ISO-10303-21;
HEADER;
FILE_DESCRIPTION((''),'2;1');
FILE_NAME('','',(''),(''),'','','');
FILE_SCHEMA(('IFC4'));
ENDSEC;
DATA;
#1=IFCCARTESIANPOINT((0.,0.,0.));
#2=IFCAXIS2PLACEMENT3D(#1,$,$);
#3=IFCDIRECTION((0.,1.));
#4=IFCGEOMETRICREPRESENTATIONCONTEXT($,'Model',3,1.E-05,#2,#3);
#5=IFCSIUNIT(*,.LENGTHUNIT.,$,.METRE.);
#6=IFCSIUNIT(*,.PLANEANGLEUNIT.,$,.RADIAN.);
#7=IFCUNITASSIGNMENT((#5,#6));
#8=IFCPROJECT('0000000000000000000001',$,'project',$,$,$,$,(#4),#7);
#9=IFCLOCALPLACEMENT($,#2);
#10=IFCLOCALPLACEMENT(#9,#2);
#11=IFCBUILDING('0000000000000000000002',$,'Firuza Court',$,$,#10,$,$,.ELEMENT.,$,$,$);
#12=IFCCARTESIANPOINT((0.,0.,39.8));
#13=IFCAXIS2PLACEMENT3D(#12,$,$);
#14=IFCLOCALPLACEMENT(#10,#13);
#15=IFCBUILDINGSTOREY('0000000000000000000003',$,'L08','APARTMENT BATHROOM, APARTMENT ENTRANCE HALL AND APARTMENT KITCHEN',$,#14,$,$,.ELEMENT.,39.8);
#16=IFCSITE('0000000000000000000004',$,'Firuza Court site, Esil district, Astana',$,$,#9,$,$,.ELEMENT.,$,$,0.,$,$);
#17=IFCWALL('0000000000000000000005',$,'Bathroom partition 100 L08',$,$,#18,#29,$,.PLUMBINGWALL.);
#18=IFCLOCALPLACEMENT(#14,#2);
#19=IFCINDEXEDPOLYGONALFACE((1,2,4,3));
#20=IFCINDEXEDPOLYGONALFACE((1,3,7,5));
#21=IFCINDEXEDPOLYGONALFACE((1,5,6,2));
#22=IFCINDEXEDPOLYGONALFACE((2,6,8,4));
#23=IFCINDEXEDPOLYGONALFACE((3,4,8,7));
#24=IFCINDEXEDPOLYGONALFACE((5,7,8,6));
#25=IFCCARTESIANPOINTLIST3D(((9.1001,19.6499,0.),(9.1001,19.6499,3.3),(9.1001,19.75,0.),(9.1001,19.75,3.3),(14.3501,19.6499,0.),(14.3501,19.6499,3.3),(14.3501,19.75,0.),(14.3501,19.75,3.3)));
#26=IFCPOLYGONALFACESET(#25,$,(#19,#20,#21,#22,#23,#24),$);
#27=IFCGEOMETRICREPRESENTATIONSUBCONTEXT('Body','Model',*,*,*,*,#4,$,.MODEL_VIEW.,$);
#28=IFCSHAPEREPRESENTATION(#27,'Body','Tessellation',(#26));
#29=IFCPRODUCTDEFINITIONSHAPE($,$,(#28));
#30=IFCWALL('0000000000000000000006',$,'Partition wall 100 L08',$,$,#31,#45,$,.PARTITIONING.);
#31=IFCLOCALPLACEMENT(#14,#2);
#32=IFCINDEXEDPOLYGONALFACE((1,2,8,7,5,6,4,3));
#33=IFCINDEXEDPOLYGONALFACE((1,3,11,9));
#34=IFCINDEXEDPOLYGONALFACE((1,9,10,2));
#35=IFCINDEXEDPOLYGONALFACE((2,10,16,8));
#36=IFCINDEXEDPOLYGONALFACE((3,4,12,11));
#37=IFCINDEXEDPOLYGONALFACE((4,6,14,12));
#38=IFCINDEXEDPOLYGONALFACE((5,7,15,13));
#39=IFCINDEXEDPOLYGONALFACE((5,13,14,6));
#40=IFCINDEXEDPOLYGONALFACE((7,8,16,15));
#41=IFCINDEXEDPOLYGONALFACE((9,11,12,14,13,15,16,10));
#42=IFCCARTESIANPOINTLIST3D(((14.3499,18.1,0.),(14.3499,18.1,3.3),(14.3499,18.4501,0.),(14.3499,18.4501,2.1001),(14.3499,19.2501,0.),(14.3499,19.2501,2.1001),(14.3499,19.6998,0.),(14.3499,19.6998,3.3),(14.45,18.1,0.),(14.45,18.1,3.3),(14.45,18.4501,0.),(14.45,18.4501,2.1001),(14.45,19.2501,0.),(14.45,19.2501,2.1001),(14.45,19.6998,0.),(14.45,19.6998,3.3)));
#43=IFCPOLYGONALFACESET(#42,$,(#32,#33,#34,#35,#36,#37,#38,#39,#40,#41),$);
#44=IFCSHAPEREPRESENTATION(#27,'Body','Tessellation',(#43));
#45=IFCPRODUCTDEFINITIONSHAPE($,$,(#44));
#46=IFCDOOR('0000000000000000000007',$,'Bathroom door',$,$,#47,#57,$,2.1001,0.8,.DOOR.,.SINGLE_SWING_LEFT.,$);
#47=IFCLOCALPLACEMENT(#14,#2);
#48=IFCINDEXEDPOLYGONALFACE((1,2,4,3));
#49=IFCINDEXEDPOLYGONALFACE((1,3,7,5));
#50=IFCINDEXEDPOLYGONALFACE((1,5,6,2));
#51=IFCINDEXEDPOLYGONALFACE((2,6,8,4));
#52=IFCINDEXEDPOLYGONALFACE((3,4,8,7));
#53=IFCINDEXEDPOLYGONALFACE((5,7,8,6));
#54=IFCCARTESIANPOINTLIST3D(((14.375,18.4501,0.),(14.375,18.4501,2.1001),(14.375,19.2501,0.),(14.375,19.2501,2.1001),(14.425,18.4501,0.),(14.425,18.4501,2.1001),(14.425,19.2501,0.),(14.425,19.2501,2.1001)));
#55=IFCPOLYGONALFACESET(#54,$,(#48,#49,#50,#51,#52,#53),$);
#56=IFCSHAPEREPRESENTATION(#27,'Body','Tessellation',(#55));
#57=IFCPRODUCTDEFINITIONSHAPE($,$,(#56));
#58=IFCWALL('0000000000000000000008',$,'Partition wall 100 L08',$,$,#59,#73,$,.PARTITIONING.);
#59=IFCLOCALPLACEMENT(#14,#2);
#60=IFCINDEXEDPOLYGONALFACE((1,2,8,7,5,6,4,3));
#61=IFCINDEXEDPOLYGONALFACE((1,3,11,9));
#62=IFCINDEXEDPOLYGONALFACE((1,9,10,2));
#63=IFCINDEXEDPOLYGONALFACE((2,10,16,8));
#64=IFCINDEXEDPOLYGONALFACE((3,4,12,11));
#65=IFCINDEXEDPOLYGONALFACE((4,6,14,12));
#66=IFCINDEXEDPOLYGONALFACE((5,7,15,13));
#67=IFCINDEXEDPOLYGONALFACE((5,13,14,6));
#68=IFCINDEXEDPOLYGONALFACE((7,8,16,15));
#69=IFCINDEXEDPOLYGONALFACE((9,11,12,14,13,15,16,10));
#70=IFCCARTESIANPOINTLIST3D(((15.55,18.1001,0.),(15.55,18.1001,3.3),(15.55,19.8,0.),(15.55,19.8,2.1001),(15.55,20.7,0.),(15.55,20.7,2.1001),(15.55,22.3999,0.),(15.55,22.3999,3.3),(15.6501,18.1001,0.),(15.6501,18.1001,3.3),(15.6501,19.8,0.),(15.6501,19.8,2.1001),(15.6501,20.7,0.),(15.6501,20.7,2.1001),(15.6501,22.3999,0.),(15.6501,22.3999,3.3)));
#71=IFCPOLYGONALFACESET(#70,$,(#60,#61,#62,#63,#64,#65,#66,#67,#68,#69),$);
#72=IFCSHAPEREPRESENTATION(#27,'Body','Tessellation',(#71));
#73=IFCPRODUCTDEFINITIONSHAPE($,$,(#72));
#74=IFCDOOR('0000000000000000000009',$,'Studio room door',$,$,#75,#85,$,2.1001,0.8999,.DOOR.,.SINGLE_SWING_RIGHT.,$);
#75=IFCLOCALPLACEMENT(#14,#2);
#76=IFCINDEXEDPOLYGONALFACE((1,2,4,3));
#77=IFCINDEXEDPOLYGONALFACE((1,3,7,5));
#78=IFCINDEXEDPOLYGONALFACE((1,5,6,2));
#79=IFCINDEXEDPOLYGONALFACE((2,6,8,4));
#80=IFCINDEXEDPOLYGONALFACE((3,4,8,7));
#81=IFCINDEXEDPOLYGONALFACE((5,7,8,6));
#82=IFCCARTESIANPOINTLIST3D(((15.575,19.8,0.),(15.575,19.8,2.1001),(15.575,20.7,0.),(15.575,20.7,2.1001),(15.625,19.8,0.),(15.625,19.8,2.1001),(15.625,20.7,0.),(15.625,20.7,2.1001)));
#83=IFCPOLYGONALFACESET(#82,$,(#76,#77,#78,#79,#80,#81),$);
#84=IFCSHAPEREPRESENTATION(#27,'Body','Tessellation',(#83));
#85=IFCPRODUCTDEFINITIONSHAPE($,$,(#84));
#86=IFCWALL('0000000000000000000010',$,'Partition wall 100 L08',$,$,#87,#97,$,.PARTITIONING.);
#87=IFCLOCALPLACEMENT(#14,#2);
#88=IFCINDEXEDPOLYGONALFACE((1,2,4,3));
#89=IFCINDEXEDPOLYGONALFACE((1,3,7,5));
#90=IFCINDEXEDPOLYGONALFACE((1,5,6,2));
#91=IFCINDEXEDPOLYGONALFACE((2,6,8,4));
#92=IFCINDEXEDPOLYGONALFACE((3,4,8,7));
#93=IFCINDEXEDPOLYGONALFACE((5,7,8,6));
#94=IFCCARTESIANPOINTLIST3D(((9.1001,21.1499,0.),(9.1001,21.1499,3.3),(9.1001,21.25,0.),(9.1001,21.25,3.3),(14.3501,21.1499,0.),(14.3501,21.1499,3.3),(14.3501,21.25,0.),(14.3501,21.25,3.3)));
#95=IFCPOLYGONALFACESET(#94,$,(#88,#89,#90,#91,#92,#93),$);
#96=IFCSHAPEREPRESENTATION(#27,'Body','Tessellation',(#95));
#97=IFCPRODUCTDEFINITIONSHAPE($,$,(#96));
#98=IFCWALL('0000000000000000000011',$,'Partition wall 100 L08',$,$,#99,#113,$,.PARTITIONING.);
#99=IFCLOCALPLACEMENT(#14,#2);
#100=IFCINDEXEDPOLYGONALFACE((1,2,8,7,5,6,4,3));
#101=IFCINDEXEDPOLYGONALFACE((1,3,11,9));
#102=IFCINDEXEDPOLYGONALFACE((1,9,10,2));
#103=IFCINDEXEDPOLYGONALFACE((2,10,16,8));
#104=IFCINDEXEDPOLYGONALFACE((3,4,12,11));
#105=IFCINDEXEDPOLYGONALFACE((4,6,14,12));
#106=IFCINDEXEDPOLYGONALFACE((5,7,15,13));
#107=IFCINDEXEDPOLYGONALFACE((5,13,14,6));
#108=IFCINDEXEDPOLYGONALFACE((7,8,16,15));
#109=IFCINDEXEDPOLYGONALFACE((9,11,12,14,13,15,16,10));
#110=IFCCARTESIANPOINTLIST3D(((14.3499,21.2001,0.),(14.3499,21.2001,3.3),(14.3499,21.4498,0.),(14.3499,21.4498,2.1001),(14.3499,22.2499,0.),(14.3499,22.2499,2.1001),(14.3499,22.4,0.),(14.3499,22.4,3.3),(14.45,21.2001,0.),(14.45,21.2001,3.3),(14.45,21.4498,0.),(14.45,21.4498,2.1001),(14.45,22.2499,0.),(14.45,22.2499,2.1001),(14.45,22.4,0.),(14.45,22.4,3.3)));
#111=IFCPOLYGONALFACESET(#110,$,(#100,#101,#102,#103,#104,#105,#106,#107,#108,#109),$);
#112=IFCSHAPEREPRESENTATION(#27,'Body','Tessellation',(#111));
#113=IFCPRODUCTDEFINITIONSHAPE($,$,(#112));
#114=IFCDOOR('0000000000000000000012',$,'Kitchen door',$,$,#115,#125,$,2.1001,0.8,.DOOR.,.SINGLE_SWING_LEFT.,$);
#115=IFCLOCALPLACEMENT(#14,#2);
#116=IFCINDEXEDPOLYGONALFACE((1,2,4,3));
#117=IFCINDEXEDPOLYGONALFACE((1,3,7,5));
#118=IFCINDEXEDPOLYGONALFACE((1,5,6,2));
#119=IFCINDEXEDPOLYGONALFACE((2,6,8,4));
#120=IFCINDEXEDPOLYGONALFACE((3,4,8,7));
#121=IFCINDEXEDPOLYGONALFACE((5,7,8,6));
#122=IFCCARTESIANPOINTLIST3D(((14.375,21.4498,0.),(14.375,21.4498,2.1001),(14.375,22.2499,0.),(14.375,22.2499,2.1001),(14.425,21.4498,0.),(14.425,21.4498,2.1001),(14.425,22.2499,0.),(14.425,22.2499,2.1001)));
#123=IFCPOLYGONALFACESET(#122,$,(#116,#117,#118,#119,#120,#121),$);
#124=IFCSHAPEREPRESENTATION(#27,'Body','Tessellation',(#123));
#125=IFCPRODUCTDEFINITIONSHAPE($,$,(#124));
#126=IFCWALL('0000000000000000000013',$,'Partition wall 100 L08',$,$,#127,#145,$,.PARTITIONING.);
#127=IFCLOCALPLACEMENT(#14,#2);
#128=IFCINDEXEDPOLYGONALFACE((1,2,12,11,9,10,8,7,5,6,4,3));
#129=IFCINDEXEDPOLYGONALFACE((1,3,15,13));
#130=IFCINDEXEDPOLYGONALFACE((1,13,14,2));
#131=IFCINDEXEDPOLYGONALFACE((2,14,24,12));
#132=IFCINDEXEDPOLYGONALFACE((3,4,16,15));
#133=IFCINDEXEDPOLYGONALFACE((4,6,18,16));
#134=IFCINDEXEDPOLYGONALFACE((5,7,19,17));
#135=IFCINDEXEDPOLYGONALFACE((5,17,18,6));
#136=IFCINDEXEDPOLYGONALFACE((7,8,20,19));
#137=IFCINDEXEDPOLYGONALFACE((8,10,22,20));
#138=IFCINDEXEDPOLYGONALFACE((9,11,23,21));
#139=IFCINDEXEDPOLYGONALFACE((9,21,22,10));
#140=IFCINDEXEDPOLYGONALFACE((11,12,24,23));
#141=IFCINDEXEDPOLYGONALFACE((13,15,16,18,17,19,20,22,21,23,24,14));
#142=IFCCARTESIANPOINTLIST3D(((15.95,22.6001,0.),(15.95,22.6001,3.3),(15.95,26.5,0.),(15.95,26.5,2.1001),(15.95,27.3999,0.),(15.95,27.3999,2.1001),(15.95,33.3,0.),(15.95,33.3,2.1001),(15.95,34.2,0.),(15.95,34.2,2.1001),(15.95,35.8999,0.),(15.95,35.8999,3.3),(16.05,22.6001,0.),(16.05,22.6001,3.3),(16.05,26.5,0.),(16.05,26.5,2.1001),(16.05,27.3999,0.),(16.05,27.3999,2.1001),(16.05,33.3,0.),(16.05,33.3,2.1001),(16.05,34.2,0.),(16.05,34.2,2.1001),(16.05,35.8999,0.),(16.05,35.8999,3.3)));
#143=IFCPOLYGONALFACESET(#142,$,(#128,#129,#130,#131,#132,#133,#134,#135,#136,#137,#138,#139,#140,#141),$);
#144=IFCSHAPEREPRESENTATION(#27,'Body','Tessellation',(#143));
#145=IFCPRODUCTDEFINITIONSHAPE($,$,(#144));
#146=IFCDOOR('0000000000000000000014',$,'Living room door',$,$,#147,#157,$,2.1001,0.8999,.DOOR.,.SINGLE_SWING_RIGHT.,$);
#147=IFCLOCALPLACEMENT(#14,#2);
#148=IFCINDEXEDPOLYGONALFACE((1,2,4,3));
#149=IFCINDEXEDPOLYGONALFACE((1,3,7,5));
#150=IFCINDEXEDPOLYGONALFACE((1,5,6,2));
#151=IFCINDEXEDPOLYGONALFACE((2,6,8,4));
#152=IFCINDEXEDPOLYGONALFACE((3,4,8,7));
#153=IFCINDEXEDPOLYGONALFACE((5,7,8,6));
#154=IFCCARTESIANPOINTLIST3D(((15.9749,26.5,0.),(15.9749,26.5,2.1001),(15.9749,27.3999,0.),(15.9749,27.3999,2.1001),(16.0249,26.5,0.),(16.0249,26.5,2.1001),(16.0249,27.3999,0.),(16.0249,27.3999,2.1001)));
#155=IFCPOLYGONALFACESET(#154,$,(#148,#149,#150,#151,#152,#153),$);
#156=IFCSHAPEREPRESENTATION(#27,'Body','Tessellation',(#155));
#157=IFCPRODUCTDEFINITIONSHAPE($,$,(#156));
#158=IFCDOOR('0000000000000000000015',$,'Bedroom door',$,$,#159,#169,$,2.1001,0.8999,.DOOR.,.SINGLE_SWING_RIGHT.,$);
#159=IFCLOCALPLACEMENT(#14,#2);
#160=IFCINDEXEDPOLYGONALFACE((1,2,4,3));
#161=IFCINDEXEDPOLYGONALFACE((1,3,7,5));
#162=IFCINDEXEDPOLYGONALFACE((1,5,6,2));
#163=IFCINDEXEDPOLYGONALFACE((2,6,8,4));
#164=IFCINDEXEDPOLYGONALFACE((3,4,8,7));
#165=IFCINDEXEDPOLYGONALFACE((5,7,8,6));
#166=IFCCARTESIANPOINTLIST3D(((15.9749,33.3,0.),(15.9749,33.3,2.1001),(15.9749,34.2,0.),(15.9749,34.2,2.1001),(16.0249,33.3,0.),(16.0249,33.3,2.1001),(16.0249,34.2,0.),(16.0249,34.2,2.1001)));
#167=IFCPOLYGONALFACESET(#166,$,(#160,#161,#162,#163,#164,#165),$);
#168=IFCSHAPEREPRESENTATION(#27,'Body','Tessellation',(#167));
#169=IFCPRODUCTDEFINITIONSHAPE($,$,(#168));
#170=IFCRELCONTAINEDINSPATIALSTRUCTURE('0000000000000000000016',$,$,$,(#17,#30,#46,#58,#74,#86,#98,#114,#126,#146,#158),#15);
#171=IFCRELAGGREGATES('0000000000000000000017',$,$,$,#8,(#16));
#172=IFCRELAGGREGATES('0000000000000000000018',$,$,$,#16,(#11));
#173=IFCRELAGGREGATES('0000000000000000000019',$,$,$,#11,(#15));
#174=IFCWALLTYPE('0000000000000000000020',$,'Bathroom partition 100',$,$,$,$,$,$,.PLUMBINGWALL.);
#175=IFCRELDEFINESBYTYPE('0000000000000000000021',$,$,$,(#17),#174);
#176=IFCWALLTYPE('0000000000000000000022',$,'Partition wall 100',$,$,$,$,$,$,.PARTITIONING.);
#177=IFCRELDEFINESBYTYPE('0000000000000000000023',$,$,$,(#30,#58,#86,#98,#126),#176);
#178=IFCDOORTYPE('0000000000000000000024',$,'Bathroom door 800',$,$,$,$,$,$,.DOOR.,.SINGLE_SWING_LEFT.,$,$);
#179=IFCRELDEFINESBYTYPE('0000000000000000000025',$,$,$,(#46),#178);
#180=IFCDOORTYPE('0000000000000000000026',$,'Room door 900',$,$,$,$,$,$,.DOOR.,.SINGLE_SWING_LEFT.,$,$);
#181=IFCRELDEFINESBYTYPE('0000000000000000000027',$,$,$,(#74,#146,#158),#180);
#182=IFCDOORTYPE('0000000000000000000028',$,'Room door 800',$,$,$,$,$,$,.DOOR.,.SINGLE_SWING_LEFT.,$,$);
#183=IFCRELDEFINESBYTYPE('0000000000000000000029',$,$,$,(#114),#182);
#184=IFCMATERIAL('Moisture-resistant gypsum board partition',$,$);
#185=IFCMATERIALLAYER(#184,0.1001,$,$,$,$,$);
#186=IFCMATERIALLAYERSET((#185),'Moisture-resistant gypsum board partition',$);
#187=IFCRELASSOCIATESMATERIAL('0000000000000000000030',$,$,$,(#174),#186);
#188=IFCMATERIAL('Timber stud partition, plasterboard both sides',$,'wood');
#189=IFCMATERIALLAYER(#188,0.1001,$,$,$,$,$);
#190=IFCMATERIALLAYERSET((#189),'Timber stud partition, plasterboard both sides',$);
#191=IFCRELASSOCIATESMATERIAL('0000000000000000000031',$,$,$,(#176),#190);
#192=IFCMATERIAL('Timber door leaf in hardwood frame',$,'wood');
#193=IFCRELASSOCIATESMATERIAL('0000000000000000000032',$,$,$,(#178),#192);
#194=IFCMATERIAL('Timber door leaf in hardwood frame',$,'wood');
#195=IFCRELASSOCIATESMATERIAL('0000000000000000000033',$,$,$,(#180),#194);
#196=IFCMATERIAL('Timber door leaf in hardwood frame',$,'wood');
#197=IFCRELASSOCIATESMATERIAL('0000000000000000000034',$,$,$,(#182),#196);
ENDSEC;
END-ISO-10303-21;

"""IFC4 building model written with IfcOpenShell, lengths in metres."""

from ifc_helpers import new_model, si_unit, direction, frame, frame_2d, origin, place, context, subcontext, project, spatial, rectangle, extrude, material, layer, layer_set, type_object, element, fill, save


model = new_model("IFC4")

# Units and contexts
model_context = context("Model", 3, precision=1e-05, world=origin(), true_north=direction((0.0, 1.0)))
body_context = subcontext(model_context, "Body", "Model", "MODEL_VIEW")
ifc_project = project(units=[si_unit("LENGTHUNIT", "METRE"), si_unit("PLANEANGLEUNIT", "RADIAN")], contexts=[model_context])

# Site, building, storey
site_placement = place(None, origin())
site = spatial("IfcSite", under=ifc_project, at=site_placement, Name="Firuza Court site, Esil district, Astana", CompositionType="ELEMENT", RefElevation=0.0)
building_placement = place(site_placement, origin())
building = spatial("IfcBuilding", under=site, at=building_placement, Name="Firuza Court", CompositionType="ELEMENT")
storey_placement = place(building_placement, frame((0.0, 0.0, 39.8)))
storey = spatial("IfcBuildingStorey", under=building, at=storey_placement, Name="L08", Description="APARTMENT BATHROOM, APARTMENT ENTRANCE HALL AND APARTMENT KITCHEN", CompositionType="ELEMENT", Elevation=39.8)

# Wall
ifc_material_1 = material(Name="Moisture-resistant gypsum board partition")
ifc_layer_1 = layer(ifc_material_1, 0.1001)
ifc_layer_set_1 = layer_set([ifc_layer_1], Name="Moisture-resistant gypsum board partition")
wall_type_1 = type_object("IfcWallType", Name="Bathroom partition 100", PredefinedType="PLUMBINGWALL", material=ifc_layer_set_1)
wall_1_placement = place(storey_placement, frame((9.1001, 19.7, 0.0), z_axis=(0.0, 0.0, 1.0), x_axis=(1.0, 0.0, 0.0)))
element("IfcWall", 1, at=wall_1_placement, inside=storey, type_object=wall_type_1, Name="Bathroom partition 100 L08", PredefinedType="PLUMBINGWALL", context=body_context, shape_type="SweptSolid", body=[
    extrude(rectangle(XDim=5.25, YDim=0.1001, at=frame_2d((2.625, 0.0))), origin(), (0.0, 0.0, 1.0), 3.3),
])

# Walls, openings, doors
ifc_material_2 = material(Name="Timber stud partition, plasterboard both sides", Category="wood")
ifc_layer_2 = layer(ifc_material_2, 0.1001)
ifc_layer_set_2 = layer_set([ifc_layer_2], Name="Timber stud partition, plasterboard both sides")
wall_type_2 = type_object("IfcWallType", Name="Partition wall 100", PredefinedType="PARTITIONING", material=ifc_layer_set_2)
wall_2_placement = place(storey_placement, frame((14.3999, 18.1001, 0.0), z_axis=(0.0, 0.0, 1.0), x_axis=(0.0, 1.0, 0.0)))
wall_2 = element("IfcWall", 2, at=wall_2_placement, inside=storey, type_object=wall_type_2, Name="Partition wall 100 L08", PredefinedType="PARTITIONING", context=body_context, shape_type="SweptSolid", body=[
    extrude(rectangle(XDim=1.5999, YDim=0.1001, at=frame_2d((0.7998, 0.0))), origin(), (0.0, 0.0, 1.0), 3.3),
])
opening_1_placement = place(wall_2_placement, frame((0.3501, 0.0, 0.0)))
opening_1 = element("IfcOpeningElement", 3, at=opening_1_placement, cuts=wall_2, PredefinedType="OPENING", context=body_context, shape_type="SweptSolid", body=[
    extrude(rectangle(XDim=0.8, YDim=2.1001, at=frame_2d((0.3999, 1.05))), frame((0.0, 0.062, 0.0), z_axis=(0.0, -1.0, 0.0), x_axis=(1.0, 0.0, 0.0)), (0.0, 0.0, 1.0), 0.124),
])
ifc_material_3 = material(Name="Timber door leaf in hardwood frame", Category="wood")
door_type_1 = type_object("IfcDoorType", Name="Bathroom door 800", OperationType="SINGLE_SWING_LEFT", PredefinedType="DOOR", material=ifc_material_3)
door_1_placement = place(opening_1_placement, origin())
door_1 = element("IfcDoor", 4, at=door_1_placement, inside=storey, type_object=door_type_1, Name="Bathroom door", OperationType="SINGLE_SWING_LEFT", OverallHeight=2.1001, OverallWidth=0.8, PredefinedType="DOOR", context=body_context, shape_type="SweptSolid", body=[
    extrude(rectangle(XDim=0.8, YDim=2.1001, at=frame_2d((0.3999, 1.05))), frame((0.0, 0.0249, 0.0), z_axis=(0.0, -1.0, 0.0), x_axis=(1.0, 0.0, 0.0)), (0.0, 0.0, 1.0), 0.05),
])
fill(opening_1, door_1)
wall_3_placement = place(storey_placement, frame((15.6001, 18.1001, 0.0), z_axis=(0.0, 0.0, 1.0), x_axis=(0.0, 1.0, 0.0)))
wall_3 = element("IfcWall", 5, at=wall_3_placement, inside=storey, type_object=wall_type_2, Name="Partition wall 100 L08", PredefinedType="PARTITIONING", context=body_context, shape_type="SweptSolid", body=[
    extrude(rectangle(XDim=4.2998, YDim=0.1001, at=frame_2d((2.1499, 0.0))), origin(), (0.0, 0.0, 1.0), 3.3),
])
opening_2_placement = place(wall_3_placement, frame((1.7, 0.0, 0.0)))
opening_2 = element("IfcOpeningElement", 6, at=opening_2_placement, cuts=wall_3, PredefinedType="OPENING", context=body_context, shape_type="SweptSolid", body=[
    extrude(rectangle(XDim=0.8999, YDim=2.1001, at=frame_2d((0.45, 1.05))), frame((0.0, 0.062, 0.0), z_axis=(0.0, -1.0, 0.0), x_axis=(1.0, 0.0, 0.0)), (0.0, 0.0, 1.0), 0.124),
])
ifc_material_4 = material(Name="Timber door leaf in hardwood frame", Category="wood")
door_type_2 = type_object("IfcDoorType", Name="Room door 900", OperationType="SINGLE_SWING_LEFT", PredefinedType="DOOR", material=ifc_material_4)
door_2_placement = place(opening_2_placement, frame((0.8999, 0.0, 0.0), z_axis=(0.0, 0.0, 1.0), x_axis=(-1.0, 0.0, 0.0)))
door_2 = element("IfcDoor", 7, at=door_2_placement, inside=storey, type_object=door_type_2, Name="Studio room door", OperationType="SINGLE_SWING_RIGHT", OverallHeight=2.1001, OverallWidth=0.8999, PredefinedType="DOOR", context=body_context, shape_type="SweptSolid", body=[
    extrude(rectangle(XDim=0.8999, YDim=2.1001, at=frame_2d((0.45, 1.05))), frame((0.0, 0.0249, 0.0), z_axis=(0.0, -1.0, 0.0), x_axis=(1.0, 0.0, 0.0)), (0.0, 0.0, 1.0), 0.05),
])
fill(opening_2, door_2)

# Wall
wall_4_placement = place(storey_placement, frame((9.1001, 21.2, 0.0), z_axis=(0.0, 0.0, 1.0), x_axis=(1.0, 0.0, 0.0)))
element("IfcWall", 8, at=wall_4_placement, inside=storey, type_object=wall_type_2, Name="Partition wall 100 L08", PredefinedType="PARTITIONING", context=body_context, shape_type="SweptSolid", body=[
    extrude(rectangle(XDim=5.25, YDim=0.1001, at=frame_2d((2.625, 0.0))), origin(), (0.0, 0.0, 1.0), 3.3),
])

# Wall, opening, door
wall_5_placement = place(storey_placement, frame((14.3999, 21.2, 0.0), z_axis=(0.0, 0.0, 1.0), x_axis=(0.0, 1.0, 0.0)))
wall_5 = element("IfcWall", 9, at=wall_5_placement, inside=storey, type_object=wall_type_2, Name="Partition wall 100 L08", PredefinedType="PARTITIONING", context=body_context, shape_type="SweptSolid", body=[
    extrude(rectangle(XDim=1.2, YDim=0.1001, at=frame_2d((0.6001, 0.0))), origin(), (0.0, 0.0, 1.0), 3.3),
])
opening_3_placement = place(wall_5_placement, frame((0.25, 0.0, 0.0)))
opening_3 = element("IfcOpeningElement", 10, at=opening_3_placement, cuts=wall_5, PredefinedType="OPENING", context=body_context, shape_type="SweptSolid", body=[
    extrude(rectangle(XDim=0.8, YDim=2.1001, at=frame_2d((0.3999, 1.05))), frame((0.0, 0.062, 0.0), z_axis=(0.0, -1.0, 0.0), x_axis=(1.0, 0.0, 0.0)), (0.0, 0.0, 1.0), 0.124),
])
ifc_material_5 = material(Name="Timber door leaf in hardwood frame", Category="wood")
door_type_3 = type_object("IfcDoorType", Name="Room door 800", OperationType="SINGLE_SWING_LEFT", PredefinedType="DOOR", material=ifc_material_5)
door_3_placement = place(opening_3_placement, origin())
door_3 = element("IfcDoor", 11, at=door_3_placement, inside=storey, type_object=door_type_3, Name="Kitchen door", OperationType="SINGLE_SWING_LEFT", OverallHeight=2.1001, OverallWidth=0.8, PredefinedType="DOOR", context=body_context, shape_type="SweptSolid", body=[
    extrude(rectangle(XDim=0.8, YDim=2.1001, at=frame_2d((0.3999, 1.05))), frame((0.0, 0.0249, 0.0), z_axis=(0.0, -1.0, 0.0), x_axis=(1.0, 0.0, 0.0)), (0.0, 0.0, 1.0), 0.05),
])
fill(opening_3, door_3)

# Wall, openings, doors
wall_6_placement = place(storey_placement, frame((16.0, 22.6001, 0.0), z_axis=(0.0, 0.0, 1.0), x_axis=(0.0, 1.0, 0.0)))
wall_6 = element("IfcWall", 12, at=wall_6_placement, inside=storey, type_object=wall_type_2, Name="Partition wall 100 L08", PredefinedType="PARTITIONING", context=body_context, shape_type="SweptSolid", body=[
    extrude(rectangle(XDim=13.2998, YDim=0.1001, at=frame_2d((6.6499, 0.0))), origin(), (0.0, 0.0, 1.0), 3.3),
])
opening_4_placement = place(wall_6_placement, frame((3.8999, 0.0, 0.0)))
opening_4 = element("IfcOpeningElement", 13, at=opening_4_placement, cuts=wall_6, PredefinedType="OPENING", context=body_context, shape_type="SweptSolid", body=[
    extrude(rectangle(XDim=0.8999, YDim=2.1001, at=frame_2d((0.45, 1.05))), frame((0.0, 0.062, 0.0), z_axis=(0.0, -1.0, 0.0), x_axis=(1.0, 0.0, 0.0)), (0.0, 0.0, 1.0), 0.124),
])
opening_5_placement = place(wall_6_placement, frame((10.7, 0.0, 0.0)))
opening_5 = element("IfcOpeningElement", 14, at=opening_5_placement, cuts=wall_6, PredefinedType="OPENING", context=body_context, shape_type="SweptSolid", body=[
    extrude(rectangle(XDim=0.8999, YDim=2.1001, at=frame_2d((0.45, 1.05))), frame((0.0, 0.062, 0.0), z_axis=(0.0, -1.0, 0.0), x_axis=(1.0, 0.0, 0.0)), (0.0, 0.0, 1.0), 0.124),
])
door_4_placement = place(opening_4_placement, frame((0.8999, 0.0, 0.0), z_axis=(0.0, 0.0, 1.0), x_axis=(-1.0, 0.0, 0.0)))
door_4 = element("IfcDoor", 15, at=door_4_placement, inside=storey, type_object=door_type_2, Name="Living room door", OperationType="SINGLE_SWING_RIGHT", OverallHeight=2.1001, OverallWidth=0.8999, PredefinedType="DOOR", context=body_context, shape_type="SweptSolid", body=[
    extrude(rectangle(XDim=0.8999, YDim=2.1001, at=frame_2d((0.45, 1.05))), frame((0.0, 0.0249, 0.0), z_axis=(0.0, -1.0, 0.0), x_axis=(1.0, 0.0, 0.0)), (0.0, 0.0, 1.0), 0.05),
])
fill(opening_4, door_4)
door_5_placement = place(opening_5_placement, frame((0.8999, 0.0, 0.0), z_axis=(0.0, 0.0, 1.0), x_axis=(-1.0, 0.0, 0.0)))
door_5 = element("IfcDoor", 16, at=door_5_placement, inside=storey, type_object=door_type_2, Name="Bedroom door", OperationType="SINGLE_SWING_RIGHT", OverallHeight=2.1001, OverallWidth=0.8999, PredefinedType="DOOR", context=body_context, shape_type="SweptSolid", body=[
    extrude(rectangle(XDim=0.8999, YDim=2.1001, at=frame_2d((0.45, 1.05))), frame((0.0, 0.0249, 0.0), z_axis=(0.0, -1.0, 0.0), x_axis=(1.0, 0.0, 0.0)), (0.0, 0.0, 1.0), 0.05),
])
fill(opening_5, door_5)

save(model, "model.ifc")
